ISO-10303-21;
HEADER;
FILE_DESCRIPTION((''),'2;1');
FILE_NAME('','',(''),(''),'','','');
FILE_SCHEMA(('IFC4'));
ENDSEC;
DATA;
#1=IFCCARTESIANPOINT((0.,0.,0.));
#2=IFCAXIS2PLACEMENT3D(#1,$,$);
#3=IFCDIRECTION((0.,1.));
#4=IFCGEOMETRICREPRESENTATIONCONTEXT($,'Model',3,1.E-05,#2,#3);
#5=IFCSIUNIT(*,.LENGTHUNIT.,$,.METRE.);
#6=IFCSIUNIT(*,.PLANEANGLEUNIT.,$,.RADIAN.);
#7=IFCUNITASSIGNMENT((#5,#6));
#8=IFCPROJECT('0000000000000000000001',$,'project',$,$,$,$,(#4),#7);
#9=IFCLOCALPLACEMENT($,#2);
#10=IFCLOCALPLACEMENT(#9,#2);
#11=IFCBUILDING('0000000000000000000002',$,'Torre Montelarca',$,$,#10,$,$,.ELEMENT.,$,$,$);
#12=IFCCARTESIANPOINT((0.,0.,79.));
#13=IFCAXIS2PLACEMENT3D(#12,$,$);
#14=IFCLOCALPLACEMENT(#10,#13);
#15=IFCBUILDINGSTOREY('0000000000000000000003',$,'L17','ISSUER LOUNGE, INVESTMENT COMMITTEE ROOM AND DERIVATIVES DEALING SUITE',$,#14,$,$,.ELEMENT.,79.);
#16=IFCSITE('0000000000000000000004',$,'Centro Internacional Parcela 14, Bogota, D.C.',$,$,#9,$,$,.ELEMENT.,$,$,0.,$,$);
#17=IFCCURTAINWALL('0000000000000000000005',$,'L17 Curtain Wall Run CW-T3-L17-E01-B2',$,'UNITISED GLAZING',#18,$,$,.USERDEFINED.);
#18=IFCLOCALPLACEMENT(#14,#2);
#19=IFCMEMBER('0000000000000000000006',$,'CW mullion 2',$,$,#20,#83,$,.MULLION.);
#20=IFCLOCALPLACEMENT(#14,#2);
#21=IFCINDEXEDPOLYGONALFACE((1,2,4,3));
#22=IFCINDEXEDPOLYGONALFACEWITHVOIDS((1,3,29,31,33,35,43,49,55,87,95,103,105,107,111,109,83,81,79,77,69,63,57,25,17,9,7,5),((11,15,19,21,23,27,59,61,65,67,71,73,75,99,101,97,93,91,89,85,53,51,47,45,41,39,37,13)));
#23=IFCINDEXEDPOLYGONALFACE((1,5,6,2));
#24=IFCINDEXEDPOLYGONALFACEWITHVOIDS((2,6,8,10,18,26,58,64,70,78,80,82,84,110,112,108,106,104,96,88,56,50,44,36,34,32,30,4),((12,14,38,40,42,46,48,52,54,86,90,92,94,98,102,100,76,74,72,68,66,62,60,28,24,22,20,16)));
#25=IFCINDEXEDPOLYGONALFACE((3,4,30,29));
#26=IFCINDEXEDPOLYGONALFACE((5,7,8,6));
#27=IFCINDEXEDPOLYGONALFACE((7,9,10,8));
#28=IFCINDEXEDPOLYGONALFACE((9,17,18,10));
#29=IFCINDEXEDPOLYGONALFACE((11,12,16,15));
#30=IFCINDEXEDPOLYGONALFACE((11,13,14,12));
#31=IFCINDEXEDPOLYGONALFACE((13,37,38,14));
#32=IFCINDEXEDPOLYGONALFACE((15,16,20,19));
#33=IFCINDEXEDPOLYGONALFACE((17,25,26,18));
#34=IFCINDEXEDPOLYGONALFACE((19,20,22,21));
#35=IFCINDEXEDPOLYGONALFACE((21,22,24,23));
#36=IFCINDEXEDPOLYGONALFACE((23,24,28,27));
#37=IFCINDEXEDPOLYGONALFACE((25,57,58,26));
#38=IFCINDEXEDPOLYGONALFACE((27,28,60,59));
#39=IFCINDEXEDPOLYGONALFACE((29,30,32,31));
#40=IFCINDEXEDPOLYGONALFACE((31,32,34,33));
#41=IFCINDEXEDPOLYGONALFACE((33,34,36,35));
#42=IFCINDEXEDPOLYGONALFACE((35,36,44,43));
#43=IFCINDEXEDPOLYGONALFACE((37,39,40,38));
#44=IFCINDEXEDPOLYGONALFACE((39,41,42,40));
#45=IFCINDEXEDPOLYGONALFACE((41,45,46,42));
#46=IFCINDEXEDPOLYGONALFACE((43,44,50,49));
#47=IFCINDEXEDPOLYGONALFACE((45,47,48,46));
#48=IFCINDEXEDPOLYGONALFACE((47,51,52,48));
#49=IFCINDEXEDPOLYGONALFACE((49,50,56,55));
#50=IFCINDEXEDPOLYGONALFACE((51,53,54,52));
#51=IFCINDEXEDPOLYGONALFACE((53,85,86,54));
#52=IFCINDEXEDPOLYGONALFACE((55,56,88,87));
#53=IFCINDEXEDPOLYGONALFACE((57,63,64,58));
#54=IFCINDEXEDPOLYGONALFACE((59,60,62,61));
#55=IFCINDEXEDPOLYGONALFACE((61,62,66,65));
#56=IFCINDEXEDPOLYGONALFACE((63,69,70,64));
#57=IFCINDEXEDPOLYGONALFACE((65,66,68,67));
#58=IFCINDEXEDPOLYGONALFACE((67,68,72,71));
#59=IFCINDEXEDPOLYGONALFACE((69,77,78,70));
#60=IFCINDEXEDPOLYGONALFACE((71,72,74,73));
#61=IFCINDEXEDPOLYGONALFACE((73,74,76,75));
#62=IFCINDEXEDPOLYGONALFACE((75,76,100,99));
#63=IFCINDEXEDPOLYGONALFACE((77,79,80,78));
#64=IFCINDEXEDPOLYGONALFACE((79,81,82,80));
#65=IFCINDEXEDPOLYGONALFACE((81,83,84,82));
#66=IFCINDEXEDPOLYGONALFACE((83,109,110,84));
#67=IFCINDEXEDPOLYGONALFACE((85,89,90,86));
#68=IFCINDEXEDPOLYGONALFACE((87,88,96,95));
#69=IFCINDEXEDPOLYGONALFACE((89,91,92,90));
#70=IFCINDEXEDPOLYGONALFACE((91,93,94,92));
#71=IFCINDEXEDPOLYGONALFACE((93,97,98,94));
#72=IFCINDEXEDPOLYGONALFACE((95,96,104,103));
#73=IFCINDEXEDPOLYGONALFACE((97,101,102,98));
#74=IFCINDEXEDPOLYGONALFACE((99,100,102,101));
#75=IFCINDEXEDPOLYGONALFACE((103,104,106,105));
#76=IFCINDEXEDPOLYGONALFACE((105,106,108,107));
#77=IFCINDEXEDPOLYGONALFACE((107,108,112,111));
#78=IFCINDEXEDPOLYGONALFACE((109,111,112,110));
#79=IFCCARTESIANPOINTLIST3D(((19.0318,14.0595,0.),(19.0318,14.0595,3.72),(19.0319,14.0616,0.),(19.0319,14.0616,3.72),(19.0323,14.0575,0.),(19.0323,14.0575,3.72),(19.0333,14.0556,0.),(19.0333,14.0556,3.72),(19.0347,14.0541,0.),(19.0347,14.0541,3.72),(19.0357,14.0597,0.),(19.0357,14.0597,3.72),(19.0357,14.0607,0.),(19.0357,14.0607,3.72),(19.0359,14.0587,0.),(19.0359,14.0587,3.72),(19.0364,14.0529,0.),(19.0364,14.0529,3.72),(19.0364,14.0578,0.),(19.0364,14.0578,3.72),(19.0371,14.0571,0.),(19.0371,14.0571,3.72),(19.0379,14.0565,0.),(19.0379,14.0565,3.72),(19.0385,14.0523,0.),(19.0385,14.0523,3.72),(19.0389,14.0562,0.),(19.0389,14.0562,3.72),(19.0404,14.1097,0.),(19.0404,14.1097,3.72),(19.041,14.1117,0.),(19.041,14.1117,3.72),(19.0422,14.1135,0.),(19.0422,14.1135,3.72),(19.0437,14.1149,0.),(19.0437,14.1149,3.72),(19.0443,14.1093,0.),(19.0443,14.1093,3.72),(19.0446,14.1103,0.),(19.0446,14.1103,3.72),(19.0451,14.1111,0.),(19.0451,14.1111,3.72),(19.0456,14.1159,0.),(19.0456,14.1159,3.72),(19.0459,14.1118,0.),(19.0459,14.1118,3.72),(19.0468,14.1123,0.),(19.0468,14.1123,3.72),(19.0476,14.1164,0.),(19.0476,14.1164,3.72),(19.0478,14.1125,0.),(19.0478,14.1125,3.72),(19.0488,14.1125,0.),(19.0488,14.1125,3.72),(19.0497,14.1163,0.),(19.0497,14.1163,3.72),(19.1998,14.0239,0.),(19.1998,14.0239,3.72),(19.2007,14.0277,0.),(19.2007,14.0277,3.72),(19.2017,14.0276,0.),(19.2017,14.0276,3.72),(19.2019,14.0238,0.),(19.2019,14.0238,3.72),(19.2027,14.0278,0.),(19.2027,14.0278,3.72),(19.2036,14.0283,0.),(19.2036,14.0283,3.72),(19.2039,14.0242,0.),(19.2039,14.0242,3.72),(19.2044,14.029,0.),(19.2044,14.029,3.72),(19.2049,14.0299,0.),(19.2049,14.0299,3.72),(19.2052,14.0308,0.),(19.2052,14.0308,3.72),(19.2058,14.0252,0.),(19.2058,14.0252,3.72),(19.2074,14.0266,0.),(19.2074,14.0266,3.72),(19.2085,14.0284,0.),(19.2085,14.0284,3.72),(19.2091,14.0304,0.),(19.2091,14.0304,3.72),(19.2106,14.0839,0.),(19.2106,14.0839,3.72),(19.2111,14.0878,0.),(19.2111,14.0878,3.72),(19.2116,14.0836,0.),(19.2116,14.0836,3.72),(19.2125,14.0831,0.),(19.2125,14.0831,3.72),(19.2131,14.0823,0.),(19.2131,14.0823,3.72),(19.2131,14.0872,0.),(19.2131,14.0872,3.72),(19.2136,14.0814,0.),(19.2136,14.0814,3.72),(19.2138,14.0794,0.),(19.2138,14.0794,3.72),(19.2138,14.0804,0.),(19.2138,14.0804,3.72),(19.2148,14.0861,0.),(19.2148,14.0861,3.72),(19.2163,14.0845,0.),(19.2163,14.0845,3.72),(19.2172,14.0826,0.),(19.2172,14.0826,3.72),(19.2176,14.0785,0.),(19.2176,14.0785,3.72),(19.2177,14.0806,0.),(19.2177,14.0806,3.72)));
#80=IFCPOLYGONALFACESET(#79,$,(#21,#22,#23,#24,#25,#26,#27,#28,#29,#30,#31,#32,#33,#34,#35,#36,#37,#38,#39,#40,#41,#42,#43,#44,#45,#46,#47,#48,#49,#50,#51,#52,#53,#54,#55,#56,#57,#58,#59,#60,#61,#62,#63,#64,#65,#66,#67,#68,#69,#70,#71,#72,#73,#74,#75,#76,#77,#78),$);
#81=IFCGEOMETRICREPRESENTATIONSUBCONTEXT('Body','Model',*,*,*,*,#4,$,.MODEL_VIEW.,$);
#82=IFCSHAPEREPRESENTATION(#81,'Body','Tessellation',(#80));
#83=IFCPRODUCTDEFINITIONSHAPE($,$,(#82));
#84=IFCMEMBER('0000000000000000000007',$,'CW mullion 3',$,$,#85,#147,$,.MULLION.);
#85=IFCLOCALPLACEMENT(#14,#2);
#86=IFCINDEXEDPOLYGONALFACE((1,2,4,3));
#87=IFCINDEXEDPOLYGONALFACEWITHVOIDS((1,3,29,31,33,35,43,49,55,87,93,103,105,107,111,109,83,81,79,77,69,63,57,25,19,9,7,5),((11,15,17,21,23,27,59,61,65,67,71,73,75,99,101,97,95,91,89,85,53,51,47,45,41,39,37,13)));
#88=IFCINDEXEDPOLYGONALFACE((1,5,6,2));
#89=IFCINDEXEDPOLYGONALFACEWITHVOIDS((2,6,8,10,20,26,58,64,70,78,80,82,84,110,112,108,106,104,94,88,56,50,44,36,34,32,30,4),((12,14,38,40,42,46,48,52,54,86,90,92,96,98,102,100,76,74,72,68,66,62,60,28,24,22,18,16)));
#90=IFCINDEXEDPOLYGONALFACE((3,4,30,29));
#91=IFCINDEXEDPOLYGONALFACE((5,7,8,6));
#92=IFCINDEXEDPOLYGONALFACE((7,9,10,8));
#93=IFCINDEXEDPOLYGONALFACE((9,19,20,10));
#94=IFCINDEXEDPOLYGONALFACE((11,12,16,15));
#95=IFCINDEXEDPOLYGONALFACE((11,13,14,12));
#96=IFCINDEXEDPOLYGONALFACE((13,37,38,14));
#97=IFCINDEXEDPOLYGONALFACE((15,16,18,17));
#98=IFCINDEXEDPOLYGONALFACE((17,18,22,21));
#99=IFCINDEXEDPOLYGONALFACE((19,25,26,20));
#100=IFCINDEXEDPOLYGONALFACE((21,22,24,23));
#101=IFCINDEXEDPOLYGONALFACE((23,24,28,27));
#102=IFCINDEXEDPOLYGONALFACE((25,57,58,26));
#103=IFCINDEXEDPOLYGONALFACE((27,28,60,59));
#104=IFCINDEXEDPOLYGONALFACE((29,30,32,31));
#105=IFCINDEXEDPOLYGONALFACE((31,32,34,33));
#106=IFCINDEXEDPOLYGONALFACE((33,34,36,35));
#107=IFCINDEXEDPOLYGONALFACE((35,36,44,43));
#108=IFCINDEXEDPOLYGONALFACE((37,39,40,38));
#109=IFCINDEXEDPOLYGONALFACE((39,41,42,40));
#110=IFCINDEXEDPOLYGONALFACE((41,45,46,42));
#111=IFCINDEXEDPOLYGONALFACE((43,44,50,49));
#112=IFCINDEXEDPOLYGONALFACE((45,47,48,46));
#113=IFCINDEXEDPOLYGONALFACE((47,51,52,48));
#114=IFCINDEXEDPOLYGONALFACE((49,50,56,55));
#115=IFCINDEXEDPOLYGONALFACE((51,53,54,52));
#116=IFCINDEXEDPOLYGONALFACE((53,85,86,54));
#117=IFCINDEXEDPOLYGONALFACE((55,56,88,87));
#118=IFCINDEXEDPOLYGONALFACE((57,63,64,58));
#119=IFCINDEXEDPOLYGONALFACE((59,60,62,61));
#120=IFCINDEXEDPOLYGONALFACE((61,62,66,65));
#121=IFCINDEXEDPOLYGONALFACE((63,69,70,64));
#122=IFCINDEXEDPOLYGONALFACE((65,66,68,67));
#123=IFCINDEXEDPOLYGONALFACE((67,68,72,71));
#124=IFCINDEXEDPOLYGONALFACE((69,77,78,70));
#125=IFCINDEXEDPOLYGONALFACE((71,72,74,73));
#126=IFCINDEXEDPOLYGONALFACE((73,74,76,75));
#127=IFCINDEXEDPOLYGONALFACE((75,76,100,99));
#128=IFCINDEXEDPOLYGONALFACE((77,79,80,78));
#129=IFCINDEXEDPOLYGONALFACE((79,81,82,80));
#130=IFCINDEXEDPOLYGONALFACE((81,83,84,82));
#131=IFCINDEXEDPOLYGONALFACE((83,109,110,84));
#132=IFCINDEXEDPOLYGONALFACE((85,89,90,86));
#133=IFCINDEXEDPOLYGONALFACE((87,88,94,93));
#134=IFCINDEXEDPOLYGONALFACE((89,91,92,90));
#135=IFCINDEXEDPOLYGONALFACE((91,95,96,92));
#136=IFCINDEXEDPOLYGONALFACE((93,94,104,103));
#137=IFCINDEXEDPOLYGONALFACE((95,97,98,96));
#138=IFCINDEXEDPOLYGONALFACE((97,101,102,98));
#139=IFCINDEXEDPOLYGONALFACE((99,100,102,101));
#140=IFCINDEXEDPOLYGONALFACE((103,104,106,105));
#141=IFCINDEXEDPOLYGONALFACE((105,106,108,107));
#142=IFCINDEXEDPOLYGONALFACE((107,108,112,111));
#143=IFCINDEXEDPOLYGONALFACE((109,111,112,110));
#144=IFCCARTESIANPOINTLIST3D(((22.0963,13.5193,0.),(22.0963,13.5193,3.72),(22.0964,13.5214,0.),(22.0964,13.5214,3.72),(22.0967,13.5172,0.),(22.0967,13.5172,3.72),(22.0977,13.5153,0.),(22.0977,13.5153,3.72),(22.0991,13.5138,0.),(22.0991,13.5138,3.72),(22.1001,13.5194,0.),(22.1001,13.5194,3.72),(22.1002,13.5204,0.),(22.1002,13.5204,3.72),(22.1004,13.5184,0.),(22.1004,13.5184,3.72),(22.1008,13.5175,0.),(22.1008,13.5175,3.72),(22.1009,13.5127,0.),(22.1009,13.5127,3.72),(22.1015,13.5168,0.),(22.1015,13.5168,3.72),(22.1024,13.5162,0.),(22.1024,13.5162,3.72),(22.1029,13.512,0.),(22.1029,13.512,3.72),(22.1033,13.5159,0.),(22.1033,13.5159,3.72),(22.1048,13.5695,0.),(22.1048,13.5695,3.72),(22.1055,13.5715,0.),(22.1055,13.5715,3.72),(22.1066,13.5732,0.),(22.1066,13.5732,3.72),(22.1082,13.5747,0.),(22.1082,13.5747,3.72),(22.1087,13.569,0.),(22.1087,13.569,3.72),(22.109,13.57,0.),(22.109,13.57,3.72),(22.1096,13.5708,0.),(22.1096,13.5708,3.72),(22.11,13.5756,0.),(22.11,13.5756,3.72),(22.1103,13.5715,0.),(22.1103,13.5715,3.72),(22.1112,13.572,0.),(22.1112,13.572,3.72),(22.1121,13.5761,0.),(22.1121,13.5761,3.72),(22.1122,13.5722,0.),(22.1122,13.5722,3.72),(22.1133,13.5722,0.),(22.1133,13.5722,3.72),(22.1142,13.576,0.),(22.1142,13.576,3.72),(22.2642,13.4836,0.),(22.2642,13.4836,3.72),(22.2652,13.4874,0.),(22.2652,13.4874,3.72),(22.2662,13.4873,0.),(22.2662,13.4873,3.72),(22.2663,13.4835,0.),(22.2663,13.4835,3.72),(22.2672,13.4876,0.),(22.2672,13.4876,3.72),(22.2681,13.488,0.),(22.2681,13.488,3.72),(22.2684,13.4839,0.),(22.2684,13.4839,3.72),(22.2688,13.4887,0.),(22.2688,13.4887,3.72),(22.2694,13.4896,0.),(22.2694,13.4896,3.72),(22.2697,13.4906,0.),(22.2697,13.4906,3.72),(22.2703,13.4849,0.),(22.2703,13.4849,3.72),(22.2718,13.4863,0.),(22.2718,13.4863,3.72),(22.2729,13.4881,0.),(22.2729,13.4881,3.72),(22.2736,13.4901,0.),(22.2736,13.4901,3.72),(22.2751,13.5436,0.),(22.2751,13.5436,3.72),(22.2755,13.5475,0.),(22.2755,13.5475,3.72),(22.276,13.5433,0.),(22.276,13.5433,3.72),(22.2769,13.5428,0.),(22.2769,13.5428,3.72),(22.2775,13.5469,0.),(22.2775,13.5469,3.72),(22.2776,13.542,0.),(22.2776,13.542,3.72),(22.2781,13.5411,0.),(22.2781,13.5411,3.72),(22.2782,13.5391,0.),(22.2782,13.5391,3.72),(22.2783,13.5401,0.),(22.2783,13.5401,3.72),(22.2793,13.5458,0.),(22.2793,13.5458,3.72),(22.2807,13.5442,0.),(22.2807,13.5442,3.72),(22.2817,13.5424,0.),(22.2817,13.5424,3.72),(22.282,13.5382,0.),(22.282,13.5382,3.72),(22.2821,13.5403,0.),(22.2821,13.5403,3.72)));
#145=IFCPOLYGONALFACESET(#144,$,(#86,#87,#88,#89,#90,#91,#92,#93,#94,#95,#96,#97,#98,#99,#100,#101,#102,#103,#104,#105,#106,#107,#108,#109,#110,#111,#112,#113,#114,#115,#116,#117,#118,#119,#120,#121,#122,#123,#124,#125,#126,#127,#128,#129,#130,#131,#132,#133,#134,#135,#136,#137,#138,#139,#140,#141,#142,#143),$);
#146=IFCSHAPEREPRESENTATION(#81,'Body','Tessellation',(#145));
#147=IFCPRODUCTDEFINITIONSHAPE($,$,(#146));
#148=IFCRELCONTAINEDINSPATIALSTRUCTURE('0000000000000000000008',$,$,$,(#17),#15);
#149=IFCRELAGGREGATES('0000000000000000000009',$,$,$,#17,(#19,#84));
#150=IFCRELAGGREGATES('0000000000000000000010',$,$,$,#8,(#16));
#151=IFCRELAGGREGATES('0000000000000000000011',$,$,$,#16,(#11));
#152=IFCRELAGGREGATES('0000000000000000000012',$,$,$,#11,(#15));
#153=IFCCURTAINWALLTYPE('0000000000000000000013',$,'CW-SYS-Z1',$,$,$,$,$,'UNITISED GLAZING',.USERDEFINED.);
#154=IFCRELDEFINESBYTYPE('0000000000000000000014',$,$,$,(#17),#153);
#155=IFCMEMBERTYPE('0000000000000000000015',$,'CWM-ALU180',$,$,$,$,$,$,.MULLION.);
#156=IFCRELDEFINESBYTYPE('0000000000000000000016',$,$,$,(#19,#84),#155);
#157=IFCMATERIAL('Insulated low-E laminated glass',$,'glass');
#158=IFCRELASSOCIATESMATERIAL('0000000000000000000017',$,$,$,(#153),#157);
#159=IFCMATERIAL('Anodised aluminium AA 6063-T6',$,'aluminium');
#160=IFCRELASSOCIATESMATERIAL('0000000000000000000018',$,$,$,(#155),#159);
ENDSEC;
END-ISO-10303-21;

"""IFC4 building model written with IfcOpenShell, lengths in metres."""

from ifc_helpers import new_model, si_unit, direction, frame, origin, origin_2d, place, context, subcontext, project, spatial, hollow_rectangle, extrude, source, transform, mapped, material, material_profile, profile_set, type_object, element, aggregate, save


model = new_model("IFC4")

# Units and contexts
model_context = context("Model", 3, precision=1e-05, world=origin(), true_north=direction((0.0, 1.0)))
body_context = subcontext(model_context, "Body", "Model", "MODEL_VIEW")
ifc_project = project(units=[si_unit("LENGTHUNIT", "METRE"), si_unit("PLANEANGLEUNIT", "RADIAN")], contexts=[model_context])

# Site, building, storey
site_placement = place(None, origin())
site = spatial("IfcSite", under=ifc_project, at=site_placement, Name="Centro Internacional Parcela 14, Bogota, D.C.", CompositionType="ELEMENT", RefElevation=0.0)
building_placement = place(site_placement, origin())
building = spatial("IfcBuilding", under=site, at=building_placement, Name="Torre Montelarca", CompositionType="ELEMENT")
storey_placement = place(building_placement, frame((0.0, 0.0, 79.0)))
storey = spatial("IfcBuildingStorey", under=building, at=storey_placement, Name="L17", Description="ISSUER LOUNGE, INVESTMENT COMMITTEE ROOM AND DERIVATIVES DEALING SUITE", CompositionType="ELEMENT", Elevation=79.0)

# Curtain wall
ifc_material_1 = material(Name="Insulated low-E laminated glass", Category="glass")
curtain_wall_type = type_object("IfcCurtainWallType", Name="CW-SYS-Z1", ElementType="UNITISED GLAZING", PredefinedType="USERDEFINED", material=ifc_material_1)
ifc_material_2 = material(Name="Anodised aluminium AA 6063-T6", Category="aluminium")
curtain_wall_1_placement = place(storey_placement, origin())
curtain_wall_1 = element("IfcCurtainWall", 1, at=curtain_wall_1_placement, inside=storey, type_object=curtain_wall_type, Name="L17 Curtain Wall Run CW-T3-L17-E01-B2", ObjectType="UNITISED GLAZING", PredefinedType="USERDEFINED")

# Members
ifc_material_profile_1 = material_profile(ifc_material_2, hollow_rectangle(XDim=0.0649, YDim=0.1799, WallThickness=0.0039, InnerFilletRadius=0.0039, OuterFilletRadius=0.0081, at=origin_2d()), Name="ALU65X180X4", Category="aluminium")
ifc_profile_set_1 = profile_set([ifc_material_profile_1], Name="Anodised aluminium AA 6063-T6")
member_type_1 = type_object("IfcMemberType", Name="CWM-ALU180", PredefinedType="MULLION", material=ifc_profile_set_1)
shared_shape_1 = source(origin(), body_context, "Body", "SweptSolid", [
    extrude(hollow_rectangle(XDim=0.0649, YDim=0.1799, WallThickness=0.0039, InnerFilletRadius=0.0039, OuterFilletRadius=0.0081, at=origin_2d()), origin(), (0.0, 0.0, 1.0), 3.72),
])
member_1_placement = place(storey_placement, frame((19.1248, 14.0701, 0.0), z_axis=(0.0, 0.0, 1.0), x_axis=(0.173649, 0.984808, 0.0)))
member_1 = element("IfcMember", 2, at=member_1_placement, type_object=member_type_1, Name="CW mullion 2", PredefinedType="MULLION", context=body_context, shape_type="MappedRepresentation", body=[
    mapped(shared_shape_1, transform((0.0, 0.0, 0.0), scale=1.0)),
])
member_2_placement = place(storey_placement, frame((22.1892, 13.5298, 0.0), z_axis=(0.0, 0.0, 1.0), x_axis=(0.173649, 0.984808, 0.0)))
member_2 = element("IfcMember", 3, at=member_2_placement, type_object=member_type_1, Name="CW mullion 3", PredefinedType="MULLION", context=body_context, shape_type="MappedRepresentation", body=[
    mapped(shared_shape_1, transform((0.0, 0.0, 0.0), scale=1.0)),
])

aggregate(curtain_wall_1, [member_1, member_2])

save(model, "model.ifc")
